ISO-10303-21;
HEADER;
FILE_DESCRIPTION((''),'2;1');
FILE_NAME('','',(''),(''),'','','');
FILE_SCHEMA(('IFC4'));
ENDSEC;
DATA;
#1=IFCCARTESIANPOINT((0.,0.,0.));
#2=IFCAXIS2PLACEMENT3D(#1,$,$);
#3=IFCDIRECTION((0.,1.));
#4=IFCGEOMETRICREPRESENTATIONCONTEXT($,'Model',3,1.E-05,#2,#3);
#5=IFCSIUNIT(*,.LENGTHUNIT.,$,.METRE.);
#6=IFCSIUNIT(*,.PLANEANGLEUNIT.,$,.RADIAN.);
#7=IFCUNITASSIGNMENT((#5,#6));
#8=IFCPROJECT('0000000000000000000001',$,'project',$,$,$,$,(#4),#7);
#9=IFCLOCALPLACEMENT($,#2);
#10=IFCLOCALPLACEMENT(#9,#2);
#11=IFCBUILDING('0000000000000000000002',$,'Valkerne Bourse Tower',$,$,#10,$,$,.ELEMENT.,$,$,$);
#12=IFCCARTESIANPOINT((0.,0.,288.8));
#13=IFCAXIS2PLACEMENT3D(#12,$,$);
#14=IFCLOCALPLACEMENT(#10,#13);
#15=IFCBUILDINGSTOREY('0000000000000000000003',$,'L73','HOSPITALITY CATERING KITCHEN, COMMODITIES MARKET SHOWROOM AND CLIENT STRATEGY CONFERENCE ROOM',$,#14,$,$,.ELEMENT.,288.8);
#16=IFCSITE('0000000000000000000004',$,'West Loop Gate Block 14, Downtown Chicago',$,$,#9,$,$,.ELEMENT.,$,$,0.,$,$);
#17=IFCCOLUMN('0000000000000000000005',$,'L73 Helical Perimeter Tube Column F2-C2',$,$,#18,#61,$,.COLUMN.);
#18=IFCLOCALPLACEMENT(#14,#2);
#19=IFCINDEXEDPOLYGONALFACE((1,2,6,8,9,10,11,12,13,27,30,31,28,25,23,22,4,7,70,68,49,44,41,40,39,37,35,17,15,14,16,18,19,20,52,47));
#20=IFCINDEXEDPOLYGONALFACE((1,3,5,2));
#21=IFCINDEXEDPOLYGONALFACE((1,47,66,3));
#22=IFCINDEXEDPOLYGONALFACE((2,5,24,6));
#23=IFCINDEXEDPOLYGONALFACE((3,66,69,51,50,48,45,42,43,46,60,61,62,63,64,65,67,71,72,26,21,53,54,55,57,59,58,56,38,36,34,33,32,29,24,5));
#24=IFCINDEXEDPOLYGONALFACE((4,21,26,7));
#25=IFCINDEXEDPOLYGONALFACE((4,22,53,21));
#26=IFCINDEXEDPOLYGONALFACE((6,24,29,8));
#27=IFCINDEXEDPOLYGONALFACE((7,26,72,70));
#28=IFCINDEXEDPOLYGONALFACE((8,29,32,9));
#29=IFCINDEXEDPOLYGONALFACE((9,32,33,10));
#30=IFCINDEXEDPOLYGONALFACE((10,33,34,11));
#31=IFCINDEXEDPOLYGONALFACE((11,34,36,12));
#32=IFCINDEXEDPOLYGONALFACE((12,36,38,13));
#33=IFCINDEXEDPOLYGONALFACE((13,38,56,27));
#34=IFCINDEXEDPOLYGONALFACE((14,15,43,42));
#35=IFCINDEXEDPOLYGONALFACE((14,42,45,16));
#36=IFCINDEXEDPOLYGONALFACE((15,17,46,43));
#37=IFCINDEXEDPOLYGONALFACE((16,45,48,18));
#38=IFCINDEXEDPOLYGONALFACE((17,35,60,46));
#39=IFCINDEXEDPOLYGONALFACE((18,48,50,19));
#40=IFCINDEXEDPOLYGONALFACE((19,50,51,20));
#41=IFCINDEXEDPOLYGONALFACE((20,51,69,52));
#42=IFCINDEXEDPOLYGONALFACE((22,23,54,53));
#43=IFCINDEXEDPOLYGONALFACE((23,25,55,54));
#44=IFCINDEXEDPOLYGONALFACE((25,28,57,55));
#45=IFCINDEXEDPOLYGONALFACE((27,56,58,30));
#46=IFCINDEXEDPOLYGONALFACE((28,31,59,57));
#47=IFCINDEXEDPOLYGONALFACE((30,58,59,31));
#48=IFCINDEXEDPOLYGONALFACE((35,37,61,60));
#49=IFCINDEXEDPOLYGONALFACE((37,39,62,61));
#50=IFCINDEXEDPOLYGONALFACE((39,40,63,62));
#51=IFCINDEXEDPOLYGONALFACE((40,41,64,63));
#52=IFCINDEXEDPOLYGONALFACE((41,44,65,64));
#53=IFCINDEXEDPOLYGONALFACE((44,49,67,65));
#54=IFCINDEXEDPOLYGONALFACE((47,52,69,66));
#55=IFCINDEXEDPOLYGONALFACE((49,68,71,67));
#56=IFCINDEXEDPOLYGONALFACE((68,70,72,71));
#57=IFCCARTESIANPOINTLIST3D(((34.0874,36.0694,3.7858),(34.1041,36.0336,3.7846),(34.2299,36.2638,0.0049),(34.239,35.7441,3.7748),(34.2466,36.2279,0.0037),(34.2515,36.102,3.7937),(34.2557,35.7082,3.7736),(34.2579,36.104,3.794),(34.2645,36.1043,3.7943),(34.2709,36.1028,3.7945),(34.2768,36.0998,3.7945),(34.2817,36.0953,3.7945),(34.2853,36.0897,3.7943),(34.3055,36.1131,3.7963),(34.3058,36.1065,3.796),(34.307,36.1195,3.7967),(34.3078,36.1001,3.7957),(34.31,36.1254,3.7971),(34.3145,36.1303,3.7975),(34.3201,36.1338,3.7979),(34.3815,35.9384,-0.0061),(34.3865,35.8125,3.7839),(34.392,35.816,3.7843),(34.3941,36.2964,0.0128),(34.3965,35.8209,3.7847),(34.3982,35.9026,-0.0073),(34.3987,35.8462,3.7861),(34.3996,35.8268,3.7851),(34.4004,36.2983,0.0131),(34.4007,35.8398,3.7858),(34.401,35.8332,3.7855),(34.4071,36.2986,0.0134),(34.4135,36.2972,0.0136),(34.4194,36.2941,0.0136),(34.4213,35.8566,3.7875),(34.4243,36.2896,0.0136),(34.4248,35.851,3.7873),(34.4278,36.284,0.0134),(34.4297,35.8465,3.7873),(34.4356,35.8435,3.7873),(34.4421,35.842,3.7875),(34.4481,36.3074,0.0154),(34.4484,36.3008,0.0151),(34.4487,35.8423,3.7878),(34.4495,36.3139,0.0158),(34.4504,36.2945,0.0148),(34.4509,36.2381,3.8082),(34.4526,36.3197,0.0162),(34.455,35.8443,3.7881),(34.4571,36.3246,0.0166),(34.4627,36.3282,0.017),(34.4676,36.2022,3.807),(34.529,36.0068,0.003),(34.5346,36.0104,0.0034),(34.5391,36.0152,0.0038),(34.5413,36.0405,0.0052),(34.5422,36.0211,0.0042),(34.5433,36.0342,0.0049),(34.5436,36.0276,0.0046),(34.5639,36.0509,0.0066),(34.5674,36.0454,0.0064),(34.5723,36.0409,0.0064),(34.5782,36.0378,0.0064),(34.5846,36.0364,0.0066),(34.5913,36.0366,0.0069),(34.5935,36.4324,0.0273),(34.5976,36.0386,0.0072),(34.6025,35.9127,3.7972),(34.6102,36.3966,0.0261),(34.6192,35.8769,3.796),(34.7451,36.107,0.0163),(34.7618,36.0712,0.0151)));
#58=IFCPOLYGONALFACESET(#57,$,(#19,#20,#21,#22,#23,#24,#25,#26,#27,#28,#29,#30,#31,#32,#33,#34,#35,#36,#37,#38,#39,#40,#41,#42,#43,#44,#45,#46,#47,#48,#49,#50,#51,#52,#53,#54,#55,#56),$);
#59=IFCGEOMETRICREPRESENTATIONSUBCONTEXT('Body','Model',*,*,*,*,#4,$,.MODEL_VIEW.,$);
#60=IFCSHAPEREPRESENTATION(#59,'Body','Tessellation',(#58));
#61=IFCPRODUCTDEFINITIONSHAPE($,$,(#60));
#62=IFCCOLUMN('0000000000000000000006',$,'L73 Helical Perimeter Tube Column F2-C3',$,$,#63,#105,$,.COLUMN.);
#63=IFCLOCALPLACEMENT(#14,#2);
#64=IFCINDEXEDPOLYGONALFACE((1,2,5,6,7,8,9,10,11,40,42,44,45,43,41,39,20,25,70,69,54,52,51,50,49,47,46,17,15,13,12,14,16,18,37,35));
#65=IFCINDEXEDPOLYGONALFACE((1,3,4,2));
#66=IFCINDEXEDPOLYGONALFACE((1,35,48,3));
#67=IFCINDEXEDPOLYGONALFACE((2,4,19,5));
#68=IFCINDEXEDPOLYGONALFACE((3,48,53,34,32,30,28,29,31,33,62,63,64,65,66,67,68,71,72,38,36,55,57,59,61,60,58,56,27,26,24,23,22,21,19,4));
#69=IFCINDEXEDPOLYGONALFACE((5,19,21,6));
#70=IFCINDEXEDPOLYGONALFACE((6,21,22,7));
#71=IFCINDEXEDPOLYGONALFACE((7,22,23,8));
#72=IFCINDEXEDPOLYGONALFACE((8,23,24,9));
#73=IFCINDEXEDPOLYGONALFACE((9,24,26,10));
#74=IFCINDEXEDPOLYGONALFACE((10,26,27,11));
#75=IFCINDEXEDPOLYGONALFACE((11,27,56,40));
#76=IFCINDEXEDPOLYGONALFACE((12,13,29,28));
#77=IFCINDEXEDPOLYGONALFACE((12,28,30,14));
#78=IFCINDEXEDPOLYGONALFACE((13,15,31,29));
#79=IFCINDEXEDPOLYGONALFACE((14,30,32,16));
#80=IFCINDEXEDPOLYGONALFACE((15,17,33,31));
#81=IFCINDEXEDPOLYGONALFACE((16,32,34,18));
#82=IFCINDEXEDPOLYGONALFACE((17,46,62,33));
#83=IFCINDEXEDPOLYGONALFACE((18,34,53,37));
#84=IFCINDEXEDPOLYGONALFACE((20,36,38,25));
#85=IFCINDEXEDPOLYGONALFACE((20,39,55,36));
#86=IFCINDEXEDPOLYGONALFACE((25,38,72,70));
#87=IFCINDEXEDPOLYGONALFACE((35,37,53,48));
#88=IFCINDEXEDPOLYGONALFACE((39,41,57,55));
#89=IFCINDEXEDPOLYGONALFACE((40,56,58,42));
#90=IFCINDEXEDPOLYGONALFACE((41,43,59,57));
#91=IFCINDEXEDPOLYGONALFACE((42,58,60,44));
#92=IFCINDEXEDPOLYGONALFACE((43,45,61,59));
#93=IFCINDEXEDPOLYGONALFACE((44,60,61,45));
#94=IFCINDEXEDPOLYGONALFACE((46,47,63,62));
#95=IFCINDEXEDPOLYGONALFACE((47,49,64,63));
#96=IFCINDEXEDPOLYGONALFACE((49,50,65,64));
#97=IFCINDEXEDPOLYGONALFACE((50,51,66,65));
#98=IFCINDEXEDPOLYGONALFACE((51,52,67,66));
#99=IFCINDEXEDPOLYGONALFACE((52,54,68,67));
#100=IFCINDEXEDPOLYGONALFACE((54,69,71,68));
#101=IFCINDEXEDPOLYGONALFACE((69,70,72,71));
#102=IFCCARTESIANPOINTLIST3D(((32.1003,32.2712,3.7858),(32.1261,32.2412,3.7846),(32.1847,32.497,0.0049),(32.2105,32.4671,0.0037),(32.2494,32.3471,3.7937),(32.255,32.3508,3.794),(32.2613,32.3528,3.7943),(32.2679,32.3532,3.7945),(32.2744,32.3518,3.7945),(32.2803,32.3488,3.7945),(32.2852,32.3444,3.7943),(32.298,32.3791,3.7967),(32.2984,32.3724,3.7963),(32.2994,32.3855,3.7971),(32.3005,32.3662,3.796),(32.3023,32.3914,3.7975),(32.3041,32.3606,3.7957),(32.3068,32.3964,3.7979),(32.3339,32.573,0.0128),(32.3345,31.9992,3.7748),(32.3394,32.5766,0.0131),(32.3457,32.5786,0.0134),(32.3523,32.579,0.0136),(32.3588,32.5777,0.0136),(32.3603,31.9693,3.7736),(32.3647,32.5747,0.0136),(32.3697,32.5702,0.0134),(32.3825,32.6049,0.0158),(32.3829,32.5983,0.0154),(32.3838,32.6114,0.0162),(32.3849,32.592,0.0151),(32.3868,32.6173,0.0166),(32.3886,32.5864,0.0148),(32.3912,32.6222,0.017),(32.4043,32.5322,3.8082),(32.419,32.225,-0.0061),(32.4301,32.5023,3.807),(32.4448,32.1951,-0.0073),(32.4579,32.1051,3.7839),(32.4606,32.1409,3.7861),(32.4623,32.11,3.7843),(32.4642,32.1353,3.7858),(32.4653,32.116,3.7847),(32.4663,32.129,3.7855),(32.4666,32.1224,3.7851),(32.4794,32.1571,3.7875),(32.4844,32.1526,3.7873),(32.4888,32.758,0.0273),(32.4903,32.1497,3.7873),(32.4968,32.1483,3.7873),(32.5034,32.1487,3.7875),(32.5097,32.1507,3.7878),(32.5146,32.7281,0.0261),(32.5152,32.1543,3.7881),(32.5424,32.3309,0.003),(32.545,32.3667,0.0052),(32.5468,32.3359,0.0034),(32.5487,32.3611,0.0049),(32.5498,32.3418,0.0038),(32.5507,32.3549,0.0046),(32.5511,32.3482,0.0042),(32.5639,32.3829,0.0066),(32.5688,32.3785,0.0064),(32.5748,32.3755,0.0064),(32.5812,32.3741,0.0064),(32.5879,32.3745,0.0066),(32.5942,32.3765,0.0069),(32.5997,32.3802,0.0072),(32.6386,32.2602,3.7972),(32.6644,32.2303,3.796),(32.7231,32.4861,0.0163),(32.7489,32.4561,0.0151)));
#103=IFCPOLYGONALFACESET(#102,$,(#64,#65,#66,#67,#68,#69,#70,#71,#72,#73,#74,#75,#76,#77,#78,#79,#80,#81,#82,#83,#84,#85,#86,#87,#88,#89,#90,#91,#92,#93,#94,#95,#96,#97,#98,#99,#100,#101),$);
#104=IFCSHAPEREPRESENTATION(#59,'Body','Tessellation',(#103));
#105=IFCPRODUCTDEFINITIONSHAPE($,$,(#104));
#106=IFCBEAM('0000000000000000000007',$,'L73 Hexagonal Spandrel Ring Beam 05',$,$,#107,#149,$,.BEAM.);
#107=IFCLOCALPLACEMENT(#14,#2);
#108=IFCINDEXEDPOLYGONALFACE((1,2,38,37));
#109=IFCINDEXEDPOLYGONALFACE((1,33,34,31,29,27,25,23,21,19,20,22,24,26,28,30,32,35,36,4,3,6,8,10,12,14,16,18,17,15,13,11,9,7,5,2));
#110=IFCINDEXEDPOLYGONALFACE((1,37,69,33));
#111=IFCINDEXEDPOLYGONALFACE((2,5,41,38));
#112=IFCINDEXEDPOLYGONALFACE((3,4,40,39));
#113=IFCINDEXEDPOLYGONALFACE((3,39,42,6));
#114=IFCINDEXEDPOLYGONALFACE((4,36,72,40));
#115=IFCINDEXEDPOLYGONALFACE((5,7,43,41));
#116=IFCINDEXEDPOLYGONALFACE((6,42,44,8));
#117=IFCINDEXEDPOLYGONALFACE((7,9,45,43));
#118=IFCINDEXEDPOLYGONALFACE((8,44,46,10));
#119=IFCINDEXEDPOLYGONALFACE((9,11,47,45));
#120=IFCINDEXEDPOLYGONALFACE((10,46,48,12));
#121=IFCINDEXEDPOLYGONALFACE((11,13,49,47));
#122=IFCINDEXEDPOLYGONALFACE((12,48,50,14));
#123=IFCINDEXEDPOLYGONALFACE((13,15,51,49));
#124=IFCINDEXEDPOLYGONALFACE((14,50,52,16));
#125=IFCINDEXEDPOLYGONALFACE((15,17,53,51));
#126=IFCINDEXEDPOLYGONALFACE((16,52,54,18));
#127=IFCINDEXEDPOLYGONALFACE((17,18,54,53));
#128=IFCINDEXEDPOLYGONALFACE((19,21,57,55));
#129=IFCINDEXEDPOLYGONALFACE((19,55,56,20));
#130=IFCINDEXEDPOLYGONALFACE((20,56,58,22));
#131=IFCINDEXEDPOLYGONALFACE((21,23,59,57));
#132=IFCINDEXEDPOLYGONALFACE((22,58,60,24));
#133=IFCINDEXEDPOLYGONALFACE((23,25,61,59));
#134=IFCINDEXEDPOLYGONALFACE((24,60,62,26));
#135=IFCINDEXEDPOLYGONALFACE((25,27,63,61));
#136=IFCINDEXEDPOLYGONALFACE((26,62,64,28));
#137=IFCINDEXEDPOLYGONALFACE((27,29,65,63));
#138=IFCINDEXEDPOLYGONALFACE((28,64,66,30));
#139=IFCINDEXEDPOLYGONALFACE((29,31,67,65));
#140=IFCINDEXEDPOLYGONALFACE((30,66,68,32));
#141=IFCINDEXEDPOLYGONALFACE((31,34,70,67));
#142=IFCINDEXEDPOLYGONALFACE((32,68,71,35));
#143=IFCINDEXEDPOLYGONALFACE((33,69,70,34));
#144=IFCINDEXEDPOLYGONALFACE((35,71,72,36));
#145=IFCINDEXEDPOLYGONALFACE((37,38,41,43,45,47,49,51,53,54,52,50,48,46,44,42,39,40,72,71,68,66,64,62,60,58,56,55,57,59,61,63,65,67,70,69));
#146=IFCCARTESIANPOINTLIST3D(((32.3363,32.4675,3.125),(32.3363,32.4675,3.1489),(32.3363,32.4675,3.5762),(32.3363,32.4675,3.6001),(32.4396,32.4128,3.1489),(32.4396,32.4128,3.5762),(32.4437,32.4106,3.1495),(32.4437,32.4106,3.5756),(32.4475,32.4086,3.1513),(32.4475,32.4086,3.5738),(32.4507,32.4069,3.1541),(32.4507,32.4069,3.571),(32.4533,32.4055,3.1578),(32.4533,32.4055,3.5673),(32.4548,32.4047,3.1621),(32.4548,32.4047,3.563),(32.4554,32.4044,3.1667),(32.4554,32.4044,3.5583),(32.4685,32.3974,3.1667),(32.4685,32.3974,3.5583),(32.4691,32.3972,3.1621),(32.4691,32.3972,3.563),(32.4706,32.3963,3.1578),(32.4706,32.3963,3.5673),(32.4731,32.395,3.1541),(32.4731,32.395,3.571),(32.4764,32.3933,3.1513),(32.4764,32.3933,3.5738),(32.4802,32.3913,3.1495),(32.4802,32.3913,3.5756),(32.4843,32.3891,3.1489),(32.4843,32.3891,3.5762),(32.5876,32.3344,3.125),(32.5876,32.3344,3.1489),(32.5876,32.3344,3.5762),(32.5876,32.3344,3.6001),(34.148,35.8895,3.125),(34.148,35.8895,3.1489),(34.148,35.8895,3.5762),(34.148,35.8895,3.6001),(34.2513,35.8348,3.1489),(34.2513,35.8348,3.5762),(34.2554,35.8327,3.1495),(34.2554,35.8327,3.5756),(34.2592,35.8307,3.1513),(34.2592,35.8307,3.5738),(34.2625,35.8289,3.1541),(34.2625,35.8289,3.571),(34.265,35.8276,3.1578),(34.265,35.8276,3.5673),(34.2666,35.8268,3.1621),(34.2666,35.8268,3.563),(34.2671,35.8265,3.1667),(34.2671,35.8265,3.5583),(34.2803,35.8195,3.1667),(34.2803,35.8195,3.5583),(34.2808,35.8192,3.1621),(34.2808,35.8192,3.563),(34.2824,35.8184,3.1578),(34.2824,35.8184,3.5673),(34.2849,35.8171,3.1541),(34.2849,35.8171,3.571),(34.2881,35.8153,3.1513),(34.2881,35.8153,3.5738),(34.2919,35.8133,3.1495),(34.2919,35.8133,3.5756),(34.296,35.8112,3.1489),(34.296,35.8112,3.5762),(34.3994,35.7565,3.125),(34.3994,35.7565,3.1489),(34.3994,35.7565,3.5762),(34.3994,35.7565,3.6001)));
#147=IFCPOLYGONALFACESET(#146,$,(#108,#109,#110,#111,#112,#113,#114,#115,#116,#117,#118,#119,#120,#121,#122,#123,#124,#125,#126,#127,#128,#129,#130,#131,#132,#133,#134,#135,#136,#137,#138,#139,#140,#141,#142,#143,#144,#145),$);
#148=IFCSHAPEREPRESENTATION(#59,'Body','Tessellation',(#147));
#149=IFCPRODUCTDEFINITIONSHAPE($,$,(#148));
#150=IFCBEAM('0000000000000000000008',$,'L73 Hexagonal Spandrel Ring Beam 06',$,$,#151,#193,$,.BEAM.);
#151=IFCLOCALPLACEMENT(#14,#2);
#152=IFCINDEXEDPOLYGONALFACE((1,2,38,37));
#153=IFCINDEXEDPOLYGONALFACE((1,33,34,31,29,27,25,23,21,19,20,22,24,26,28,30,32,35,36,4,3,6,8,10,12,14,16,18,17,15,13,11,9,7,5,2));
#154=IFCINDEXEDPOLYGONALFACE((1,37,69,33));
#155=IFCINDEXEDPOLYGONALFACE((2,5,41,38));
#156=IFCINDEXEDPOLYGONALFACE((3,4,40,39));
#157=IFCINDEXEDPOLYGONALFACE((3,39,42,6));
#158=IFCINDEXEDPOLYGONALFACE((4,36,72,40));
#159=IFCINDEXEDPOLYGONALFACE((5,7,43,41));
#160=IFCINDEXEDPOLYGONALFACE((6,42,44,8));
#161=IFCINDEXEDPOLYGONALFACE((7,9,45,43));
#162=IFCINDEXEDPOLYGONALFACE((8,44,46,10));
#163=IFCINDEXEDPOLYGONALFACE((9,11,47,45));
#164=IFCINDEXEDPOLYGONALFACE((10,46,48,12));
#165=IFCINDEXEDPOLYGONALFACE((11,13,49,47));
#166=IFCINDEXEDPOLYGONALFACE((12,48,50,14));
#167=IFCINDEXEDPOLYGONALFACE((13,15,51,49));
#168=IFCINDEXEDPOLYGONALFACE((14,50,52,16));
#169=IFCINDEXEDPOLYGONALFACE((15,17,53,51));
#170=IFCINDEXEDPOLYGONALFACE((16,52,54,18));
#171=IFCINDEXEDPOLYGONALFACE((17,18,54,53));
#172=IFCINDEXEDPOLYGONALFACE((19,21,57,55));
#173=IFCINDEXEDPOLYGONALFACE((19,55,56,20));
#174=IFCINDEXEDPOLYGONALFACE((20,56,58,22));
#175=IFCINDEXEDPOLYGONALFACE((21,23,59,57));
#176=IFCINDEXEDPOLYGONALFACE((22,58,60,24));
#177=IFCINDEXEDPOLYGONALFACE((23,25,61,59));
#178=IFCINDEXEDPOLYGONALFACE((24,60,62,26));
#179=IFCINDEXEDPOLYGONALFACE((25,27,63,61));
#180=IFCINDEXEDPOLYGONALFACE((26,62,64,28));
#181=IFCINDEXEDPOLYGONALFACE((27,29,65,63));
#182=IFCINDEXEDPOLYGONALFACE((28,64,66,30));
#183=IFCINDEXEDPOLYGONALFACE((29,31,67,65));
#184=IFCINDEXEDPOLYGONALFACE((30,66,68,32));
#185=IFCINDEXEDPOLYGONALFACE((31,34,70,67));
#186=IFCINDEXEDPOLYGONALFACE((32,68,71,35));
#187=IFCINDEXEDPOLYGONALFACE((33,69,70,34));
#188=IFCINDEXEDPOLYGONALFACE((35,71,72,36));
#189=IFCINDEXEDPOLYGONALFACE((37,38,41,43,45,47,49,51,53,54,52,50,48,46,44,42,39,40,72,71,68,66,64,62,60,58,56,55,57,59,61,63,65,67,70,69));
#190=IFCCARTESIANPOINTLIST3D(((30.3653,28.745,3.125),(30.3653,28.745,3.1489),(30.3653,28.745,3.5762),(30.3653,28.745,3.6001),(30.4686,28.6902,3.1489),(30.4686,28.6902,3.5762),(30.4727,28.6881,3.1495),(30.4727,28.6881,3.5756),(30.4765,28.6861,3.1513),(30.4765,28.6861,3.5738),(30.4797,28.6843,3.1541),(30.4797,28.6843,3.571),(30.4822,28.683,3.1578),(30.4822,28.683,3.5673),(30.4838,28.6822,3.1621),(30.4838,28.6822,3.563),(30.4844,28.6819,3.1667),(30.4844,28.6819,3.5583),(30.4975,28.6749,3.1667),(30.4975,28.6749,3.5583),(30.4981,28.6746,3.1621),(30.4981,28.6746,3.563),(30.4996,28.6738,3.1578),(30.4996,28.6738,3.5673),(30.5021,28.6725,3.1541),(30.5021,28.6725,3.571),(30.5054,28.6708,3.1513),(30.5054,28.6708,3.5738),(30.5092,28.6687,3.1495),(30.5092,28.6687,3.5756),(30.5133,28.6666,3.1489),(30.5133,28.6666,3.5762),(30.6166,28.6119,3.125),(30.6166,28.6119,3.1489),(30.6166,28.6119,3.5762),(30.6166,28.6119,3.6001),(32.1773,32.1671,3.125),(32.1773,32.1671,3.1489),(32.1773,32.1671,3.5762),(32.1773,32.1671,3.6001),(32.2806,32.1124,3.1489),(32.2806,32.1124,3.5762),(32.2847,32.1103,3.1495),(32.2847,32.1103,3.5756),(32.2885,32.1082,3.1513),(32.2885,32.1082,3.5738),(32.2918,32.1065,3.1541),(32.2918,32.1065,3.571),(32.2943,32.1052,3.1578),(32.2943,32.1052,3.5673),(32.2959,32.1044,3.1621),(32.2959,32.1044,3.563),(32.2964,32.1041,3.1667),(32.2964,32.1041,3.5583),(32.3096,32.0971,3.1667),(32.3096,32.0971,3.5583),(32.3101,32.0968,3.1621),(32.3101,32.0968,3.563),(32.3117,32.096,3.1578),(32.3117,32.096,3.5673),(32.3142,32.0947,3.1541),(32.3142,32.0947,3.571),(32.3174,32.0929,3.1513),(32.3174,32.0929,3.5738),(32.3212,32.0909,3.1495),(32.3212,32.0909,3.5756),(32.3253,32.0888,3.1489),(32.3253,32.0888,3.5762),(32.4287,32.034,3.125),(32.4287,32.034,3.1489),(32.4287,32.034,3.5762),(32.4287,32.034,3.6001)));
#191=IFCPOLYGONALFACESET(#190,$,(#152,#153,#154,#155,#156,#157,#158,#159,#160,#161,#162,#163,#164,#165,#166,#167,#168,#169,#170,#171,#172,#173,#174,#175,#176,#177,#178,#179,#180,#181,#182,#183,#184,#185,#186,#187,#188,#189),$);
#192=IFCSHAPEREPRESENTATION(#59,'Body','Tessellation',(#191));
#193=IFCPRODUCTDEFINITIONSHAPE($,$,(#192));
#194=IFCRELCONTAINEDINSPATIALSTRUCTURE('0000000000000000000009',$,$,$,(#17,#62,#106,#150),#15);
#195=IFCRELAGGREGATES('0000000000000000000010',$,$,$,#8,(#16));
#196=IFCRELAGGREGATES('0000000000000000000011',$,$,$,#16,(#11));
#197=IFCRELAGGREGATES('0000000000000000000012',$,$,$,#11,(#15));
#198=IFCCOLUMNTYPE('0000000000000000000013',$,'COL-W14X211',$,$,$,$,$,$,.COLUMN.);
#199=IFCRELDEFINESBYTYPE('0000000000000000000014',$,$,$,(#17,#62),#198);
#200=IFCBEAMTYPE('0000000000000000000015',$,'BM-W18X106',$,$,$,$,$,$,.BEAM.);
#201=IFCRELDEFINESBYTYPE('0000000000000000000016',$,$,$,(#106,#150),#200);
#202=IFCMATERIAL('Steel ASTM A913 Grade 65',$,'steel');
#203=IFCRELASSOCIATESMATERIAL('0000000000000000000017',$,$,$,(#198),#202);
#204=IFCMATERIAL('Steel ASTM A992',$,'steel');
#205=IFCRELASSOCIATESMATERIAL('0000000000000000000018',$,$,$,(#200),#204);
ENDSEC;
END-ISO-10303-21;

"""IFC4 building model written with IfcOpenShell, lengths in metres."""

from ifc_helpers import new_model, si_unit, direction, frame, origin, origin_2d, place, context, subcontext, project, spatial, i_section, extrude, material, material_profile, profile_set, type_object, element, save


model = new_model("IFC4")

# Units and contexts
model_context = context("Model", 3, precision=1e-05, world=origin(), true_north=direction((0.0, 1.0)))
body_context = subcontext(model_context, "Body", "Model", "MODEL_VIEW")
ifc_project = project(units=[si_unit("LENGTHUNIT", "METRE"), si_unit("PLANEANGLEUNIT", "RADIAN")], contexts=[model_context])

# Site, building, storey
site_placement = place(None, origin())
site = spatial("IfcSite", under=ifc_project, at=site_placement, Name="West Loop Gate Block 14, Downtown Chicago", CompositionType="ELEMENT", RefElevation=0.0)
building_placement = place(site_placement, origin())
building = spatial("IfcBuilding", under=site, at=building_placement, Name="Valkerne Bourse Tower", CompositionType="ELEMENT")
storey_placement = place(building_placement, frame((0.0, 0.0, 288.8)))
storey = spatial("IfcBuildingStorey", under=building, at=storey_placement, Name="L73", Description="HOSPITALITY CATERING KITCHEN, COMMODITIES MARKET SHOWROOM AND CLIENT STRATEGY CONFERENCE ROOM", CompositionType="ELEMENT", Elevation=288.8)

# Columns
ifc_material_1 = material(Name="Steel ASTM A913 Grade 65", Category="steel")
ifc_material_profile_1 = material_profile(ifc_material_1, i_section(OverallWidth=0.4014, OverallDepth=0.3987, WebThickness=0.0249, FlangeThickness=0.0396, FilletRadius=0.0254, at=origin_2d()), Name="W14X211")
ifc_profile_set_1 = profile_set([ifc_material_profile_1], Name="Steel ASTM A913 Grade 65")
column_type = type_object("IfcColumnType", Name="COL-W14X211", PredefinedType="COLUMN", material=ifc_profile_set_1)
for number, where, z_axis, x_axis, name in (
    (1, (34.4958, 36.1675, 0.01), (-0.037633, -0.051294, 0.997974), (-0.905746, -0.420138, -0.055749), "L73 Helical Perimeter Tube Column F2-C2"),
    (2, (32.4668, 32.4766, 0.01), (-0.022296, -0.059606, 0.997973), (-0.757609, -0.650322, -0.055768), "L73 Helical Perimeter Tube Column F2-C3"),
):
    element("IfcColumn", number, at=place(storey_placement, frame(where, z_axis=z_axis, x_axis=x_axis)), inside=storey, type_object=column_type, Name=name, PredefinedType="COLUMN", context=body_context, shape_type="SweptSolid", body=[
        extrude(i_section(OverallWidth=0.4014, OverallDepth=0.3987, WebThickness=0.0249, FlangeThickness=0.0396, FilletRadius=0.0254, at=origin_2d()), origin(), (0.0, 0.0, 1.0), 3.7886),
    ])

# Beams
ifc_material_2 = material(Name="Steel ASTM A992", Category="steel")
ifc_material_profile_2 = material_profile(ifc_material_2, i_section(OverallWidth=0.2844, OverallDepth=0.4751, WebThickness=0.0149, FlangeThickness=0.0239, FilletRadius=0.0178, at=origin_2d()), Name="W18X106")
ifc_profile_set_2 = profile_set([ifc_material_profile_2], Name="Steel ASTM A992")
beam_type_1 = type_object("IfcBeamType", Name="BM-W18X106", PredefinedType="BEAM", material=ifc_profile_set_2)
beam_1_placement = place(storey_placement, frame((34.2737, 35.823, 3.3625), z_axis=(-0.467899, -0.883782, 0.0), x_axis=(0.883782, -0.467899, 0.0)))
element("IfcBeam", 3, at=beam_1_placement, inside=storey, type_object=beam_type_1, Name="L73 Hexagonal Spandrel Ring Beam 05", PredefinedType="BEAM", context=body_context, shape_type="SweptSolid", body=[
    extrude(i_section(OverallWidth=0.2844, OverallDepth=0.4751, WebThickness=0.0149, FlangeThickness=0.0239, FilletRadius=0.0178, at=origin_2d()), origin(), (0.0, 0.0, 1.0), 3.8721),
])
beam_2_placement = place(storey_placement, frame((32.303, 32.1006, 3.3625), z_axis=(-0.467949, -0.883756, 0.0), x_axis=(0.883756, -0.467949, 0.0)))
element("IfcBeam", 4, at=beam_2_placement, inside=storey, type_object=beam_type_1, Name="L73 Hexagonal Spandrel Ring Beam 06", PredefinedType="BEAM", context=body_context, shape_type="SweptSolid", body=[
    extrude(i_section(OverallWidth=0.2844, OverallDepth=0.4751, WebThickness=0.0149, FlangeThickness=0.0239, FilletRadius=0.0178, at=origin_2d()), origin(), (0.0, 0.0, 1.0), 3.8723),
])

save(model, "model.ifc")
